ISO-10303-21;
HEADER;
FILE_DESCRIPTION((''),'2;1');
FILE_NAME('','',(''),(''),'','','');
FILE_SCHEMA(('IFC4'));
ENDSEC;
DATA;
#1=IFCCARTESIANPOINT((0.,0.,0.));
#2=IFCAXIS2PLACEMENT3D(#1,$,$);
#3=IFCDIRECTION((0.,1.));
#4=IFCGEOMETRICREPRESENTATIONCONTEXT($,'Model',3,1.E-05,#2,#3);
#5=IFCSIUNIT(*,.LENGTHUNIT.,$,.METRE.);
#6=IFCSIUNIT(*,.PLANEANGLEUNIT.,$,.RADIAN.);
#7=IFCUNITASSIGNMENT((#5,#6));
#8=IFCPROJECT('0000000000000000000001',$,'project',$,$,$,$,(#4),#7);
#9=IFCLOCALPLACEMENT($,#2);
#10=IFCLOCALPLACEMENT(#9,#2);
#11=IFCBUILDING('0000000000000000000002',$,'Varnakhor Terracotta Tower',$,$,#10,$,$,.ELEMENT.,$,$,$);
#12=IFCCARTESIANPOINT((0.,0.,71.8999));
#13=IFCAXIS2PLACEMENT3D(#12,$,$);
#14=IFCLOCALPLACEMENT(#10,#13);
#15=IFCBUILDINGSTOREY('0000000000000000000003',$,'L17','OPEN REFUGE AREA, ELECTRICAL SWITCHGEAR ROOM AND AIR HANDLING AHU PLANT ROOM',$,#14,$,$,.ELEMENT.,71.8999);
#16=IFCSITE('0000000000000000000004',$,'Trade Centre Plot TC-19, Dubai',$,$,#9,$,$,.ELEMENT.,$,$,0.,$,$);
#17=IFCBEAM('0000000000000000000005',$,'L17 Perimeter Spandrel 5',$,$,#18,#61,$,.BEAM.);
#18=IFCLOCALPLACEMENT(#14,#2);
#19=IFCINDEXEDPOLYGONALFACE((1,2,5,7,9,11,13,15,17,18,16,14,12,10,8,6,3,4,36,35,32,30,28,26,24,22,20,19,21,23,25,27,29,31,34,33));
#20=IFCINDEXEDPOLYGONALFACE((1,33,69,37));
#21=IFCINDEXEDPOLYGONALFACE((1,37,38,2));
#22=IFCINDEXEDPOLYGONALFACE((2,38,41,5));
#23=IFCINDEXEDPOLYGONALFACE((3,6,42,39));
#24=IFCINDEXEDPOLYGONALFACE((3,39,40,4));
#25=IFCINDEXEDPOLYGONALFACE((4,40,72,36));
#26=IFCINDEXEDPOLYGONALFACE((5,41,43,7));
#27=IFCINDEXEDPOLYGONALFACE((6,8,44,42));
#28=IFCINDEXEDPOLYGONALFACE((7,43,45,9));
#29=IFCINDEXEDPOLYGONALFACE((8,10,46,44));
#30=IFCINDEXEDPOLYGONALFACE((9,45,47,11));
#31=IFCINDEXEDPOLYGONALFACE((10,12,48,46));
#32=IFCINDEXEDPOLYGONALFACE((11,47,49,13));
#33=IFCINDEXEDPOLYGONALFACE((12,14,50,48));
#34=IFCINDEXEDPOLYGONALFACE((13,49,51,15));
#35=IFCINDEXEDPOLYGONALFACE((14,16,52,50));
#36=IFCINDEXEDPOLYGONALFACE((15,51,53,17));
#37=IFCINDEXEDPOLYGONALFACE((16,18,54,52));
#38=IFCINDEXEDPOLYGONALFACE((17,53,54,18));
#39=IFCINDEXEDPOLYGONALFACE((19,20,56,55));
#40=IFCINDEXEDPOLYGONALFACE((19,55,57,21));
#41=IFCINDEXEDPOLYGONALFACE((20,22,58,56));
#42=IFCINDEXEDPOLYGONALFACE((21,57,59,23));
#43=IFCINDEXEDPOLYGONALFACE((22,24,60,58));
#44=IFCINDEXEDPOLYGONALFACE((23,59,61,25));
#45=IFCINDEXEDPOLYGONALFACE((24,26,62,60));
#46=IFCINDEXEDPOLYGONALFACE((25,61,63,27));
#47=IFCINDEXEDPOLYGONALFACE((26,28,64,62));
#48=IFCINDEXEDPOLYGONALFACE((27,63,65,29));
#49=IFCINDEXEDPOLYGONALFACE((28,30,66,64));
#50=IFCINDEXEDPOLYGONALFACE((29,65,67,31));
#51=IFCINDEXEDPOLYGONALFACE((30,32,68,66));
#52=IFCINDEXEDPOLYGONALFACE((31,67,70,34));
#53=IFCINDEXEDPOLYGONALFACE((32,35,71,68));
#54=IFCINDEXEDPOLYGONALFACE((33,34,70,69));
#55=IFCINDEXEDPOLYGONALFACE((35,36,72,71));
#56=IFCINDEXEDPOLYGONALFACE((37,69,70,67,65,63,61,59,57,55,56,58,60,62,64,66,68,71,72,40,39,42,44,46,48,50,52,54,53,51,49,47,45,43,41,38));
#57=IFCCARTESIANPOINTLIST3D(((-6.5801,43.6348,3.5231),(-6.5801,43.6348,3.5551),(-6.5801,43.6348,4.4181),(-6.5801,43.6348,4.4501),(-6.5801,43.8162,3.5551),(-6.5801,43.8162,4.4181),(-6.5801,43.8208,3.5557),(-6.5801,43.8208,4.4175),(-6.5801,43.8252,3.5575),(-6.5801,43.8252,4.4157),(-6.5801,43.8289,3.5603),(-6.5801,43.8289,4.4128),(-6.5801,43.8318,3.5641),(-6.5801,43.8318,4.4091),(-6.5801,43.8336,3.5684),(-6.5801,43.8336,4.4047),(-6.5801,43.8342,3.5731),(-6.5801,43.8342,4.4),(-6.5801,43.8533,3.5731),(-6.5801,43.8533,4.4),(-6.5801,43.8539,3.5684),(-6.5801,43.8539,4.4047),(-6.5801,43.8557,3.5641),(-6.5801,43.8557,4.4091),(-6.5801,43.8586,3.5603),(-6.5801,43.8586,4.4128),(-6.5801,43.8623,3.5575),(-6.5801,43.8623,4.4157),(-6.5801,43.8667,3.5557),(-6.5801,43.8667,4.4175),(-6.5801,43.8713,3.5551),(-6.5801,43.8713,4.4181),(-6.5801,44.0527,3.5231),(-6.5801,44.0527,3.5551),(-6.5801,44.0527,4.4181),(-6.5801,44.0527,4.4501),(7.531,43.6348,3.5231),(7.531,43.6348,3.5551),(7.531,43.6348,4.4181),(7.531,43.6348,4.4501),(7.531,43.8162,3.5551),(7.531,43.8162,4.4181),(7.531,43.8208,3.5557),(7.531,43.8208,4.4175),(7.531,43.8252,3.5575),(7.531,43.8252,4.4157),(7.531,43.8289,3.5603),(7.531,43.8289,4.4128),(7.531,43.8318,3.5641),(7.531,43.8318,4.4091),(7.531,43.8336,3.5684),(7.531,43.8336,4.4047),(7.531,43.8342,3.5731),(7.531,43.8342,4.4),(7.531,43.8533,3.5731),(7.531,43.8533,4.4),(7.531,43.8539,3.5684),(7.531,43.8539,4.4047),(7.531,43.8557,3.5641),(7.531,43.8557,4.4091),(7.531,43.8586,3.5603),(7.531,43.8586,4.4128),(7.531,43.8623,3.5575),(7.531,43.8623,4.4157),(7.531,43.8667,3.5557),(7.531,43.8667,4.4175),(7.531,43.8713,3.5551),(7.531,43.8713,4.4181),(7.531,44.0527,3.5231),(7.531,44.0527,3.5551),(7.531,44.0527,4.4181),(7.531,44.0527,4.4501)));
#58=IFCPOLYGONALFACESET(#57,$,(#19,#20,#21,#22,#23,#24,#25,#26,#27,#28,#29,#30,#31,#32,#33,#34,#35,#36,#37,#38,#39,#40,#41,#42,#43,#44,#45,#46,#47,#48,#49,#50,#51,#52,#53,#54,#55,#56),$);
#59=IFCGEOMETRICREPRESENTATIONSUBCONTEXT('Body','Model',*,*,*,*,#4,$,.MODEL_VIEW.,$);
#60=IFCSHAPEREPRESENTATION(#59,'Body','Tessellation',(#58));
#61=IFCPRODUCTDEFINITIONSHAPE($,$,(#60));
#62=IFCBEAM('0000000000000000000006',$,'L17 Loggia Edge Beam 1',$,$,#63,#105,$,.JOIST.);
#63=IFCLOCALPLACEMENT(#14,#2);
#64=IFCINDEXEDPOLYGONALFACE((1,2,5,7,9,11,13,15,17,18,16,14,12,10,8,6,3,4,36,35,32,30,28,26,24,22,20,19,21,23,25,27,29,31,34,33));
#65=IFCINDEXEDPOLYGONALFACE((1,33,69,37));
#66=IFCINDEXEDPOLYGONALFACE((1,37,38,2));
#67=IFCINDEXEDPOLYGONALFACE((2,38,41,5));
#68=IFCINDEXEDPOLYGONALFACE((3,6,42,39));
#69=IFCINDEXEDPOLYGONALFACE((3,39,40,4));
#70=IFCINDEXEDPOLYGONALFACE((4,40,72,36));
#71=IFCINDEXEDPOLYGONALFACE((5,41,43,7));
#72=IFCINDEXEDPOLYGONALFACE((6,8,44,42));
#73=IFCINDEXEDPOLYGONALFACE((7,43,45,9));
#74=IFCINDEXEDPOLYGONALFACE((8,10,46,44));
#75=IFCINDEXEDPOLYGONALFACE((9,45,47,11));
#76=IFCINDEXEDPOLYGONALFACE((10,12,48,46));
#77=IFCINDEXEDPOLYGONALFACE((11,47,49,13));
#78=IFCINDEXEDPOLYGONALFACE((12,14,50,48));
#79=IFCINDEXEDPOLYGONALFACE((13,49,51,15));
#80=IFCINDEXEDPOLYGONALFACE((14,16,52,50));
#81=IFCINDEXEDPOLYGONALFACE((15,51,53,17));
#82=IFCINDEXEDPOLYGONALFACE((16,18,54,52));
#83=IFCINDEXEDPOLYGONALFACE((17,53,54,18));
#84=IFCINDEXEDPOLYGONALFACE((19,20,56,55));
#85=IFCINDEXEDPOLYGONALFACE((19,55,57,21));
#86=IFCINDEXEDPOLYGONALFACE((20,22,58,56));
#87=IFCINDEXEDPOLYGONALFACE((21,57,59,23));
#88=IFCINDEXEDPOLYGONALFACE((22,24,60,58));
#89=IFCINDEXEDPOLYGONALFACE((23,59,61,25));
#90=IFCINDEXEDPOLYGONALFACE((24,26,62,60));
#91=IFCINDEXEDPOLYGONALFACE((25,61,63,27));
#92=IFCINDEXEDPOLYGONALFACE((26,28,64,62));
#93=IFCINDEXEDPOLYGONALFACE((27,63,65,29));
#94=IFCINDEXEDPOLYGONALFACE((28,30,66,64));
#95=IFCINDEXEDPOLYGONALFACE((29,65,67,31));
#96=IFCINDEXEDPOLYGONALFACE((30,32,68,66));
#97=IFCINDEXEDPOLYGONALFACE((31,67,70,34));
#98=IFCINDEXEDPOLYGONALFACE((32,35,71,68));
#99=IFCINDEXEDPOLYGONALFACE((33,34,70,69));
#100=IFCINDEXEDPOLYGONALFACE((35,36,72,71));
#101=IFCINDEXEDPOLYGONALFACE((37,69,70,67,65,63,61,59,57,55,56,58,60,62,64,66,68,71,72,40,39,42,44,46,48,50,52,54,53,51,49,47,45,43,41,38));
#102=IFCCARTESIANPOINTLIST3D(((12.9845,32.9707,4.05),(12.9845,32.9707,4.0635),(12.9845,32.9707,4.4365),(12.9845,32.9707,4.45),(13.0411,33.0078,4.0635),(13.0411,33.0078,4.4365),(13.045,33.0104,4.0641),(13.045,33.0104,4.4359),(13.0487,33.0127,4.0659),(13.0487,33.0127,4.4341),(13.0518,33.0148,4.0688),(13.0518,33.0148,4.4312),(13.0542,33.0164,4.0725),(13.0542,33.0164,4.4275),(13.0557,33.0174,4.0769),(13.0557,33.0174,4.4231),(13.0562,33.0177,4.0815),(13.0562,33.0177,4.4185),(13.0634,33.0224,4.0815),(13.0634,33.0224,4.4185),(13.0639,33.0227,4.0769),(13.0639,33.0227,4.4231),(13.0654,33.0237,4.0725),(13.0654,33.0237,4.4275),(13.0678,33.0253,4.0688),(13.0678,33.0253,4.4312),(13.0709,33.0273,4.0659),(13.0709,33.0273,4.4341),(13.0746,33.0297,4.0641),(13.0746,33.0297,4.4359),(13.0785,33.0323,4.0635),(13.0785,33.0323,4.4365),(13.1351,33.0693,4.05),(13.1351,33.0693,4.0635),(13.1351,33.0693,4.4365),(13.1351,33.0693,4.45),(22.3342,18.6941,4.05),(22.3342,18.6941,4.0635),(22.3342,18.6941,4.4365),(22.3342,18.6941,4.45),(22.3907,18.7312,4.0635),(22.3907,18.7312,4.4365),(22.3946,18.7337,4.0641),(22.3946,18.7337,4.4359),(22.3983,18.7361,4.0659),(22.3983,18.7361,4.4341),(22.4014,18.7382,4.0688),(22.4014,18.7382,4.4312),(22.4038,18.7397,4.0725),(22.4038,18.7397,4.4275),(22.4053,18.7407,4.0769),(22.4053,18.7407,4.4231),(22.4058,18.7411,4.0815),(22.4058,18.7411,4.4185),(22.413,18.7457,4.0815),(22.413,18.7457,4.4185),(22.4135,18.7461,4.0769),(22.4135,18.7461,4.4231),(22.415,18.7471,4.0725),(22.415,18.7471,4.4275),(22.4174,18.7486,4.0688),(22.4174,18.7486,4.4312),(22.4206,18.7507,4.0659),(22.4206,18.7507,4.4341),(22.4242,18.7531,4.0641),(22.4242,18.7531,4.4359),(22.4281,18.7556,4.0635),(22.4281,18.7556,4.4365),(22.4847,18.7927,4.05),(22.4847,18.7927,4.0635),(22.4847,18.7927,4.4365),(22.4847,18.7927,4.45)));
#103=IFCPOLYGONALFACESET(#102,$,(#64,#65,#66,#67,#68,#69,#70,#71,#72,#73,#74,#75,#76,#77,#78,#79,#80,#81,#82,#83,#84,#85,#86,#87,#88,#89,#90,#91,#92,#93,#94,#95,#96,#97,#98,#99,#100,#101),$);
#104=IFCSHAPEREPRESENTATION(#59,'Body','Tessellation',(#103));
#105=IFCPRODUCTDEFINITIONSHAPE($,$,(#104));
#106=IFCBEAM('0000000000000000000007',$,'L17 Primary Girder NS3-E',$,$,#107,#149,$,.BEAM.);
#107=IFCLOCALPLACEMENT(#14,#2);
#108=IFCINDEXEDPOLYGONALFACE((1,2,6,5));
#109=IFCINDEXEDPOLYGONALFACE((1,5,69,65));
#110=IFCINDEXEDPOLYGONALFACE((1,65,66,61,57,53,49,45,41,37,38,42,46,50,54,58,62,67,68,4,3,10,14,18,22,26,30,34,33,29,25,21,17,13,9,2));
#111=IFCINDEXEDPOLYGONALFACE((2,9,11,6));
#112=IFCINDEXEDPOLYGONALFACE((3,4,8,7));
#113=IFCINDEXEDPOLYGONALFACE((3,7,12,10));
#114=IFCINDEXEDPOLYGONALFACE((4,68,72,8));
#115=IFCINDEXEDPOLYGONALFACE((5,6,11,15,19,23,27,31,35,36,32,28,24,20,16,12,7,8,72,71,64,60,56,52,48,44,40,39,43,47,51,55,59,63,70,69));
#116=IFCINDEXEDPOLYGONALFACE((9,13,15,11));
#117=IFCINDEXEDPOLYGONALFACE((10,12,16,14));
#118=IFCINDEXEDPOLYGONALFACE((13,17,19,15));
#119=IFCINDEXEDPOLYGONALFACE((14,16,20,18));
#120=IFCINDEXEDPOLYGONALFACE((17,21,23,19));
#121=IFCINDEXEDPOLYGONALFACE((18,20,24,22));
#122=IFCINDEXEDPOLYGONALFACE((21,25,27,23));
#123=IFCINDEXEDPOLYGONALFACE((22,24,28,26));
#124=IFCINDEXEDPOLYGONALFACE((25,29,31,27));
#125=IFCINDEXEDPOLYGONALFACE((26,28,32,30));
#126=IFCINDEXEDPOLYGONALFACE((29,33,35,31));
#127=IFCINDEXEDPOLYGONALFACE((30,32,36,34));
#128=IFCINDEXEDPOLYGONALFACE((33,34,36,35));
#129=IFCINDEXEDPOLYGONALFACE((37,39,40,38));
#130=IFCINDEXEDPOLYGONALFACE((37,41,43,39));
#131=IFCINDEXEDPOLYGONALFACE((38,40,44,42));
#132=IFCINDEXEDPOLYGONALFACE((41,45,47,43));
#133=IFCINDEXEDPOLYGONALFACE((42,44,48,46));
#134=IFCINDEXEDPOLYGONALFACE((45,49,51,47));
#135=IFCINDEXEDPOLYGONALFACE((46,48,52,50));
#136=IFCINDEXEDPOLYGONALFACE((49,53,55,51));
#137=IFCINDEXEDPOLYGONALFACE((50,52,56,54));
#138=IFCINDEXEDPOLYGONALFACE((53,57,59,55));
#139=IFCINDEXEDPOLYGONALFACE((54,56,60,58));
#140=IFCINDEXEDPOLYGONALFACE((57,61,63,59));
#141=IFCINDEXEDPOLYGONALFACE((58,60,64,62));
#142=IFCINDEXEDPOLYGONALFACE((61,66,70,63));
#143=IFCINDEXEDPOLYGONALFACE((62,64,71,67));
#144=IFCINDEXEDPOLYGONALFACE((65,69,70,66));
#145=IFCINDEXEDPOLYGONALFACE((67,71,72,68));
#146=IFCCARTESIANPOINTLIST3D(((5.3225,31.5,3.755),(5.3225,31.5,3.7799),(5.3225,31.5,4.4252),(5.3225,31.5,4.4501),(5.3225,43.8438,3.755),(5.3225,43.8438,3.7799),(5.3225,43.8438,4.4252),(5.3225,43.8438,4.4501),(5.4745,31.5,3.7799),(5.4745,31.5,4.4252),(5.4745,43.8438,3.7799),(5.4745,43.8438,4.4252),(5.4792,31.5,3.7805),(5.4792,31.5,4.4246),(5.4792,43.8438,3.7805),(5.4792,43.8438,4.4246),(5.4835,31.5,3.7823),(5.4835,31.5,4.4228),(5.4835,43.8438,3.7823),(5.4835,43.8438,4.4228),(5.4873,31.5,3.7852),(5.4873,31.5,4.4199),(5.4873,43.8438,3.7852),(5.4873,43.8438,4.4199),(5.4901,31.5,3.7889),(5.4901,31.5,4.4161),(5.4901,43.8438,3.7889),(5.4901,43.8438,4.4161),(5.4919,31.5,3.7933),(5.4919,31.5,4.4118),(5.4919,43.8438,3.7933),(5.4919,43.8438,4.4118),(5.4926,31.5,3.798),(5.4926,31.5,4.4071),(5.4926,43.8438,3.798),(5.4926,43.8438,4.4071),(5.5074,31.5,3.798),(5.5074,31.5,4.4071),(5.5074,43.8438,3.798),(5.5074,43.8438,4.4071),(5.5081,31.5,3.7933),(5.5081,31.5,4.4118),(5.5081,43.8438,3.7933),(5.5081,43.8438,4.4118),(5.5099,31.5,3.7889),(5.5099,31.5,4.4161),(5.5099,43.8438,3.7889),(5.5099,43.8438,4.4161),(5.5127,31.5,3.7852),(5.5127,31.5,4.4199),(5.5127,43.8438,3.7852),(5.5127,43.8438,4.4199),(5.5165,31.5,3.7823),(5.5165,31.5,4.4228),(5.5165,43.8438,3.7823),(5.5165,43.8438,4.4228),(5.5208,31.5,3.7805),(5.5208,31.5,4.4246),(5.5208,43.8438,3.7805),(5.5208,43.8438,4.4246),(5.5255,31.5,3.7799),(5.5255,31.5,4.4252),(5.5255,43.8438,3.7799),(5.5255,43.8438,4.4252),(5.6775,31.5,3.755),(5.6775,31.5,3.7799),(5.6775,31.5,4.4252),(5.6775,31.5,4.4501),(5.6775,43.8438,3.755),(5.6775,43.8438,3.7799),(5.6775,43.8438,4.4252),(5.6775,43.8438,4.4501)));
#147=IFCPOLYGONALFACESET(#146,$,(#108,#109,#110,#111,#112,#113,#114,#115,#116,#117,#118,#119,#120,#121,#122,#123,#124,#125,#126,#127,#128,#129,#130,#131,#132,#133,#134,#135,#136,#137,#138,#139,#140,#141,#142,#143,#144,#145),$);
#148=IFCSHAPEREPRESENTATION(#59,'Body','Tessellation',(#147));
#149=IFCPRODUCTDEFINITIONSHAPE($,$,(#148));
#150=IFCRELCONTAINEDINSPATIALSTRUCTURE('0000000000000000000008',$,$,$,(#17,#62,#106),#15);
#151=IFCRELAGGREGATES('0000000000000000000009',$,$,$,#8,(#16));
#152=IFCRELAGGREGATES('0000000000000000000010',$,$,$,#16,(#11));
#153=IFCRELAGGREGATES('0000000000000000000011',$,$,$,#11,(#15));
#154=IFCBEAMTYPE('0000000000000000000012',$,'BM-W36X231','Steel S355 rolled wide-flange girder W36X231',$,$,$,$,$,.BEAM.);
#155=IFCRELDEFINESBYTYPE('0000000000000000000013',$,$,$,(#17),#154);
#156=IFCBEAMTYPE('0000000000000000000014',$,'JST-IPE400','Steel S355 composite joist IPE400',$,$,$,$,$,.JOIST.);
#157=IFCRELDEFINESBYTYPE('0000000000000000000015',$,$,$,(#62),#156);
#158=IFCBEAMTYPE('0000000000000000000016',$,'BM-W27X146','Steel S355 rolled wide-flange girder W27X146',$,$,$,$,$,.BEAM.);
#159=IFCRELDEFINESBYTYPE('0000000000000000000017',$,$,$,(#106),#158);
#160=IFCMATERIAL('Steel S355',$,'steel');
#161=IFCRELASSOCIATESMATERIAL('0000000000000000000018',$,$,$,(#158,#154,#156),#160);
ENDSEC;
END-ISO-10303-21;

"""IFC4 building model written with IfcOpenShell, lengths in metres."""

from ifc_helpers import new_model, si_unit, direction, frame, origin, origin_2d, place, context, subcontext, project, spatial, i_section, extrude, source, transform, mapped, material, material_profile, profile_set, type_object, element, save


model = new_model("IFC4")

# Units and contexts
model_context = context("Model", 3, precision=1e-05, world=origin(), true_north=direction((0.0, 1.0)))
body_context = subcontext(model_context, "Body", "Model", "MODEL_VIEW")
ifc_project = project(units=[si_unit("LENGTHUNIT", "METRE"), si_unit("PLANEANGLEUNIT", "RADIAN")], contexts=[model_context])

# Site, building, storey
site_placement = place(None, origin())
site = spatial("IfcSite", under=ifc_project, at=site_placement, Name="Trade Centre Plot TC-19, Dubai", CompositionType="ELEMENT", RefElevation=0.0)
building_placement = place(site_placement, origin())
building = spatial("IfcBuilding", under=site, at=building_placement, Name="Varnakhor Terracotta Tower", CompositionType="ELEMENT")
storey_placement = place(building_placement, frame((0.0, 0.0, 71.8999)))
storey = spatial("IfcBuildingStorey", under=building, at=storey_placement, Name="L17", Description="OPEN REFUGE AREA, ELECTRICAL SWITCHGEAR ROOM AND AIR HANDLING AHU PLANT ROOM", CompositionType="ELEMENT", Elevation=71.8999)

# Beams
ifc_material_1 = material(Name="Steel S355", Category="steel")
ifc_material_profile_1 = material_profile(ifc_material_1, i_section(OverallWidth=0.355, OverallDepth=0.6951, WebThickness=0.0149, FlangeThickness=0.0249, FilletRadius=0.0181, at=origin_2d()), Name="W27X146")
ifc_profile_set_1 = profile_set([ifc_material_profile_1], Name="Steel S355")
beam_type_1 = type_object("IfcBeamType", Name="BM-W27X146", Description="Steel S355 rolled wide-flange girder W27X146", PredefinedType="BEAM", material=ifc_profile_set_1)
ifc_material_profile_2 = material_profile(ifc_material_1, i_section(OverallWidth=0.418, OverallDepth=0.927, WebThickness=0.019, FlangeThickness=0.032, FilletRadius=0.0181, at=origin_2d()), Name="W36X231")
ifc_profile_set_2 = profile_set([ifc_material_profile_2], Name="Steel S355")
beam_type_2 = type_object("IfcBeamType", Name="BM-W36X231", Description="Steel S355 rolled wide-flange girder W36X231", PredefinedType="BEAM", material=ifc_profile_set_2)
shared_shape_1 = source(origin(), body_context, "Body", "SweptSolid", [
    extrude(i_section(OverallWidth=0.418, OverallDepth=0.927, WebThickness=0.019, FlangeThickness=0.032, FilletRadius=0.0181, at=origin_2d()), origin(), (0.0, 0.0, 1.0), 14.1111),
])
beam_1_placement = place(storey_placement, frame((7.531, 43.8438, 3.9866), z_axis=(-1.0, 0.0, 0.0), x_axis=(0.0, -1.0, 0.0)))
element("IfcBeam", 1, at=beam_1_placement, inside=storey, type_object=beam_type_2, Name="L17 Perimeter Spandrel 5", PredefinedType="BEAM", context=body_context, shape_type="MappedRepresentation", body=[
    mapped(shared_shape_1, transform((0.0, 0.0, 0.0), scale=1.0)),
])
ifc_material_profile_3 = material_profile(ifc_material_1, i_section(OverallWidth=0.1799, OverallDepth=0.3999, WebThickness=0.0085, FlangeThickness=0.0134, FilletRadius=0.0181, at=origin_2d()), Name="IPE400")
ifc_profile_set_3 = profile_set([ifc_material_profile_3], Name="Steel S355")
beam_type_3 = type_object("IfcBeamType", Name="JST-IPE400", Description="Steel S355 composite joist IPE400", PredefinedType="JOIST", material=ifc_profile_set_3)
shared_shape_2 = source(origin(), body_context, "Body", "SweptSolid", [
    extrude(i_section(OverallWidth=0.1799, OverallDepth=0.3999, WebThickness=0.0085, FlangeThickness=0.0134, FilletRadius=0.0181, at=origin_2d()), origin(), (0.0, 0.0, 1.0), 17.0657),
])
beam_2_placement = place(storey_placement, frame((22.4094, 18.7434, 4.25), z_axis=(-0.547861, 0.836569, 0.0), x_axis=(-0.836569, -0.547861, 0.0)))
element("IfcBeam", 2, at=beam_2_placement, inside=storey, type_object=beam_type_3, Name="L17 Loggia Edge Beam 1", PredefinedType="JOIST", context=body_context, shape_type="MappedRepresentation", body=[
    mapped(shared_shape_2, transform((0.0, 0.0, 0.0), scale=1.0)),
])
shared_shape_3 = source(origin(), body_context, "Body", "SweptSolid", [
    extrude(i_section(OverallWidth=0.355, OverallDepth=0.6951, WebThickness=0.0149, FlangeThickness=0.0249, FilletRadius=0.0181, at=origin_2d()), origin(), (0.0, 0.0, 1.0), 12.3438),
])
beam_3_placement = place(storey_placement, frame((5.5, 31.5, 4.1025), z_axis=(0.0, 1.0, 0.0), x_axis=(-1.0, 0.0, 0.0)))
element("IfcBeam", 3, at=beam_3_placement, inside=storey, type_object=beam_type_1, Name="L17 Primary Girder NS3-E", PredefinedType="BEAM", context=body_context, shape_type="MappedRepresentation", body=[
    mapped(shared_shape_3, transform((0.0, 0.0, 0.0), scale=1.0)),
])

save(model, "model.ifc")
